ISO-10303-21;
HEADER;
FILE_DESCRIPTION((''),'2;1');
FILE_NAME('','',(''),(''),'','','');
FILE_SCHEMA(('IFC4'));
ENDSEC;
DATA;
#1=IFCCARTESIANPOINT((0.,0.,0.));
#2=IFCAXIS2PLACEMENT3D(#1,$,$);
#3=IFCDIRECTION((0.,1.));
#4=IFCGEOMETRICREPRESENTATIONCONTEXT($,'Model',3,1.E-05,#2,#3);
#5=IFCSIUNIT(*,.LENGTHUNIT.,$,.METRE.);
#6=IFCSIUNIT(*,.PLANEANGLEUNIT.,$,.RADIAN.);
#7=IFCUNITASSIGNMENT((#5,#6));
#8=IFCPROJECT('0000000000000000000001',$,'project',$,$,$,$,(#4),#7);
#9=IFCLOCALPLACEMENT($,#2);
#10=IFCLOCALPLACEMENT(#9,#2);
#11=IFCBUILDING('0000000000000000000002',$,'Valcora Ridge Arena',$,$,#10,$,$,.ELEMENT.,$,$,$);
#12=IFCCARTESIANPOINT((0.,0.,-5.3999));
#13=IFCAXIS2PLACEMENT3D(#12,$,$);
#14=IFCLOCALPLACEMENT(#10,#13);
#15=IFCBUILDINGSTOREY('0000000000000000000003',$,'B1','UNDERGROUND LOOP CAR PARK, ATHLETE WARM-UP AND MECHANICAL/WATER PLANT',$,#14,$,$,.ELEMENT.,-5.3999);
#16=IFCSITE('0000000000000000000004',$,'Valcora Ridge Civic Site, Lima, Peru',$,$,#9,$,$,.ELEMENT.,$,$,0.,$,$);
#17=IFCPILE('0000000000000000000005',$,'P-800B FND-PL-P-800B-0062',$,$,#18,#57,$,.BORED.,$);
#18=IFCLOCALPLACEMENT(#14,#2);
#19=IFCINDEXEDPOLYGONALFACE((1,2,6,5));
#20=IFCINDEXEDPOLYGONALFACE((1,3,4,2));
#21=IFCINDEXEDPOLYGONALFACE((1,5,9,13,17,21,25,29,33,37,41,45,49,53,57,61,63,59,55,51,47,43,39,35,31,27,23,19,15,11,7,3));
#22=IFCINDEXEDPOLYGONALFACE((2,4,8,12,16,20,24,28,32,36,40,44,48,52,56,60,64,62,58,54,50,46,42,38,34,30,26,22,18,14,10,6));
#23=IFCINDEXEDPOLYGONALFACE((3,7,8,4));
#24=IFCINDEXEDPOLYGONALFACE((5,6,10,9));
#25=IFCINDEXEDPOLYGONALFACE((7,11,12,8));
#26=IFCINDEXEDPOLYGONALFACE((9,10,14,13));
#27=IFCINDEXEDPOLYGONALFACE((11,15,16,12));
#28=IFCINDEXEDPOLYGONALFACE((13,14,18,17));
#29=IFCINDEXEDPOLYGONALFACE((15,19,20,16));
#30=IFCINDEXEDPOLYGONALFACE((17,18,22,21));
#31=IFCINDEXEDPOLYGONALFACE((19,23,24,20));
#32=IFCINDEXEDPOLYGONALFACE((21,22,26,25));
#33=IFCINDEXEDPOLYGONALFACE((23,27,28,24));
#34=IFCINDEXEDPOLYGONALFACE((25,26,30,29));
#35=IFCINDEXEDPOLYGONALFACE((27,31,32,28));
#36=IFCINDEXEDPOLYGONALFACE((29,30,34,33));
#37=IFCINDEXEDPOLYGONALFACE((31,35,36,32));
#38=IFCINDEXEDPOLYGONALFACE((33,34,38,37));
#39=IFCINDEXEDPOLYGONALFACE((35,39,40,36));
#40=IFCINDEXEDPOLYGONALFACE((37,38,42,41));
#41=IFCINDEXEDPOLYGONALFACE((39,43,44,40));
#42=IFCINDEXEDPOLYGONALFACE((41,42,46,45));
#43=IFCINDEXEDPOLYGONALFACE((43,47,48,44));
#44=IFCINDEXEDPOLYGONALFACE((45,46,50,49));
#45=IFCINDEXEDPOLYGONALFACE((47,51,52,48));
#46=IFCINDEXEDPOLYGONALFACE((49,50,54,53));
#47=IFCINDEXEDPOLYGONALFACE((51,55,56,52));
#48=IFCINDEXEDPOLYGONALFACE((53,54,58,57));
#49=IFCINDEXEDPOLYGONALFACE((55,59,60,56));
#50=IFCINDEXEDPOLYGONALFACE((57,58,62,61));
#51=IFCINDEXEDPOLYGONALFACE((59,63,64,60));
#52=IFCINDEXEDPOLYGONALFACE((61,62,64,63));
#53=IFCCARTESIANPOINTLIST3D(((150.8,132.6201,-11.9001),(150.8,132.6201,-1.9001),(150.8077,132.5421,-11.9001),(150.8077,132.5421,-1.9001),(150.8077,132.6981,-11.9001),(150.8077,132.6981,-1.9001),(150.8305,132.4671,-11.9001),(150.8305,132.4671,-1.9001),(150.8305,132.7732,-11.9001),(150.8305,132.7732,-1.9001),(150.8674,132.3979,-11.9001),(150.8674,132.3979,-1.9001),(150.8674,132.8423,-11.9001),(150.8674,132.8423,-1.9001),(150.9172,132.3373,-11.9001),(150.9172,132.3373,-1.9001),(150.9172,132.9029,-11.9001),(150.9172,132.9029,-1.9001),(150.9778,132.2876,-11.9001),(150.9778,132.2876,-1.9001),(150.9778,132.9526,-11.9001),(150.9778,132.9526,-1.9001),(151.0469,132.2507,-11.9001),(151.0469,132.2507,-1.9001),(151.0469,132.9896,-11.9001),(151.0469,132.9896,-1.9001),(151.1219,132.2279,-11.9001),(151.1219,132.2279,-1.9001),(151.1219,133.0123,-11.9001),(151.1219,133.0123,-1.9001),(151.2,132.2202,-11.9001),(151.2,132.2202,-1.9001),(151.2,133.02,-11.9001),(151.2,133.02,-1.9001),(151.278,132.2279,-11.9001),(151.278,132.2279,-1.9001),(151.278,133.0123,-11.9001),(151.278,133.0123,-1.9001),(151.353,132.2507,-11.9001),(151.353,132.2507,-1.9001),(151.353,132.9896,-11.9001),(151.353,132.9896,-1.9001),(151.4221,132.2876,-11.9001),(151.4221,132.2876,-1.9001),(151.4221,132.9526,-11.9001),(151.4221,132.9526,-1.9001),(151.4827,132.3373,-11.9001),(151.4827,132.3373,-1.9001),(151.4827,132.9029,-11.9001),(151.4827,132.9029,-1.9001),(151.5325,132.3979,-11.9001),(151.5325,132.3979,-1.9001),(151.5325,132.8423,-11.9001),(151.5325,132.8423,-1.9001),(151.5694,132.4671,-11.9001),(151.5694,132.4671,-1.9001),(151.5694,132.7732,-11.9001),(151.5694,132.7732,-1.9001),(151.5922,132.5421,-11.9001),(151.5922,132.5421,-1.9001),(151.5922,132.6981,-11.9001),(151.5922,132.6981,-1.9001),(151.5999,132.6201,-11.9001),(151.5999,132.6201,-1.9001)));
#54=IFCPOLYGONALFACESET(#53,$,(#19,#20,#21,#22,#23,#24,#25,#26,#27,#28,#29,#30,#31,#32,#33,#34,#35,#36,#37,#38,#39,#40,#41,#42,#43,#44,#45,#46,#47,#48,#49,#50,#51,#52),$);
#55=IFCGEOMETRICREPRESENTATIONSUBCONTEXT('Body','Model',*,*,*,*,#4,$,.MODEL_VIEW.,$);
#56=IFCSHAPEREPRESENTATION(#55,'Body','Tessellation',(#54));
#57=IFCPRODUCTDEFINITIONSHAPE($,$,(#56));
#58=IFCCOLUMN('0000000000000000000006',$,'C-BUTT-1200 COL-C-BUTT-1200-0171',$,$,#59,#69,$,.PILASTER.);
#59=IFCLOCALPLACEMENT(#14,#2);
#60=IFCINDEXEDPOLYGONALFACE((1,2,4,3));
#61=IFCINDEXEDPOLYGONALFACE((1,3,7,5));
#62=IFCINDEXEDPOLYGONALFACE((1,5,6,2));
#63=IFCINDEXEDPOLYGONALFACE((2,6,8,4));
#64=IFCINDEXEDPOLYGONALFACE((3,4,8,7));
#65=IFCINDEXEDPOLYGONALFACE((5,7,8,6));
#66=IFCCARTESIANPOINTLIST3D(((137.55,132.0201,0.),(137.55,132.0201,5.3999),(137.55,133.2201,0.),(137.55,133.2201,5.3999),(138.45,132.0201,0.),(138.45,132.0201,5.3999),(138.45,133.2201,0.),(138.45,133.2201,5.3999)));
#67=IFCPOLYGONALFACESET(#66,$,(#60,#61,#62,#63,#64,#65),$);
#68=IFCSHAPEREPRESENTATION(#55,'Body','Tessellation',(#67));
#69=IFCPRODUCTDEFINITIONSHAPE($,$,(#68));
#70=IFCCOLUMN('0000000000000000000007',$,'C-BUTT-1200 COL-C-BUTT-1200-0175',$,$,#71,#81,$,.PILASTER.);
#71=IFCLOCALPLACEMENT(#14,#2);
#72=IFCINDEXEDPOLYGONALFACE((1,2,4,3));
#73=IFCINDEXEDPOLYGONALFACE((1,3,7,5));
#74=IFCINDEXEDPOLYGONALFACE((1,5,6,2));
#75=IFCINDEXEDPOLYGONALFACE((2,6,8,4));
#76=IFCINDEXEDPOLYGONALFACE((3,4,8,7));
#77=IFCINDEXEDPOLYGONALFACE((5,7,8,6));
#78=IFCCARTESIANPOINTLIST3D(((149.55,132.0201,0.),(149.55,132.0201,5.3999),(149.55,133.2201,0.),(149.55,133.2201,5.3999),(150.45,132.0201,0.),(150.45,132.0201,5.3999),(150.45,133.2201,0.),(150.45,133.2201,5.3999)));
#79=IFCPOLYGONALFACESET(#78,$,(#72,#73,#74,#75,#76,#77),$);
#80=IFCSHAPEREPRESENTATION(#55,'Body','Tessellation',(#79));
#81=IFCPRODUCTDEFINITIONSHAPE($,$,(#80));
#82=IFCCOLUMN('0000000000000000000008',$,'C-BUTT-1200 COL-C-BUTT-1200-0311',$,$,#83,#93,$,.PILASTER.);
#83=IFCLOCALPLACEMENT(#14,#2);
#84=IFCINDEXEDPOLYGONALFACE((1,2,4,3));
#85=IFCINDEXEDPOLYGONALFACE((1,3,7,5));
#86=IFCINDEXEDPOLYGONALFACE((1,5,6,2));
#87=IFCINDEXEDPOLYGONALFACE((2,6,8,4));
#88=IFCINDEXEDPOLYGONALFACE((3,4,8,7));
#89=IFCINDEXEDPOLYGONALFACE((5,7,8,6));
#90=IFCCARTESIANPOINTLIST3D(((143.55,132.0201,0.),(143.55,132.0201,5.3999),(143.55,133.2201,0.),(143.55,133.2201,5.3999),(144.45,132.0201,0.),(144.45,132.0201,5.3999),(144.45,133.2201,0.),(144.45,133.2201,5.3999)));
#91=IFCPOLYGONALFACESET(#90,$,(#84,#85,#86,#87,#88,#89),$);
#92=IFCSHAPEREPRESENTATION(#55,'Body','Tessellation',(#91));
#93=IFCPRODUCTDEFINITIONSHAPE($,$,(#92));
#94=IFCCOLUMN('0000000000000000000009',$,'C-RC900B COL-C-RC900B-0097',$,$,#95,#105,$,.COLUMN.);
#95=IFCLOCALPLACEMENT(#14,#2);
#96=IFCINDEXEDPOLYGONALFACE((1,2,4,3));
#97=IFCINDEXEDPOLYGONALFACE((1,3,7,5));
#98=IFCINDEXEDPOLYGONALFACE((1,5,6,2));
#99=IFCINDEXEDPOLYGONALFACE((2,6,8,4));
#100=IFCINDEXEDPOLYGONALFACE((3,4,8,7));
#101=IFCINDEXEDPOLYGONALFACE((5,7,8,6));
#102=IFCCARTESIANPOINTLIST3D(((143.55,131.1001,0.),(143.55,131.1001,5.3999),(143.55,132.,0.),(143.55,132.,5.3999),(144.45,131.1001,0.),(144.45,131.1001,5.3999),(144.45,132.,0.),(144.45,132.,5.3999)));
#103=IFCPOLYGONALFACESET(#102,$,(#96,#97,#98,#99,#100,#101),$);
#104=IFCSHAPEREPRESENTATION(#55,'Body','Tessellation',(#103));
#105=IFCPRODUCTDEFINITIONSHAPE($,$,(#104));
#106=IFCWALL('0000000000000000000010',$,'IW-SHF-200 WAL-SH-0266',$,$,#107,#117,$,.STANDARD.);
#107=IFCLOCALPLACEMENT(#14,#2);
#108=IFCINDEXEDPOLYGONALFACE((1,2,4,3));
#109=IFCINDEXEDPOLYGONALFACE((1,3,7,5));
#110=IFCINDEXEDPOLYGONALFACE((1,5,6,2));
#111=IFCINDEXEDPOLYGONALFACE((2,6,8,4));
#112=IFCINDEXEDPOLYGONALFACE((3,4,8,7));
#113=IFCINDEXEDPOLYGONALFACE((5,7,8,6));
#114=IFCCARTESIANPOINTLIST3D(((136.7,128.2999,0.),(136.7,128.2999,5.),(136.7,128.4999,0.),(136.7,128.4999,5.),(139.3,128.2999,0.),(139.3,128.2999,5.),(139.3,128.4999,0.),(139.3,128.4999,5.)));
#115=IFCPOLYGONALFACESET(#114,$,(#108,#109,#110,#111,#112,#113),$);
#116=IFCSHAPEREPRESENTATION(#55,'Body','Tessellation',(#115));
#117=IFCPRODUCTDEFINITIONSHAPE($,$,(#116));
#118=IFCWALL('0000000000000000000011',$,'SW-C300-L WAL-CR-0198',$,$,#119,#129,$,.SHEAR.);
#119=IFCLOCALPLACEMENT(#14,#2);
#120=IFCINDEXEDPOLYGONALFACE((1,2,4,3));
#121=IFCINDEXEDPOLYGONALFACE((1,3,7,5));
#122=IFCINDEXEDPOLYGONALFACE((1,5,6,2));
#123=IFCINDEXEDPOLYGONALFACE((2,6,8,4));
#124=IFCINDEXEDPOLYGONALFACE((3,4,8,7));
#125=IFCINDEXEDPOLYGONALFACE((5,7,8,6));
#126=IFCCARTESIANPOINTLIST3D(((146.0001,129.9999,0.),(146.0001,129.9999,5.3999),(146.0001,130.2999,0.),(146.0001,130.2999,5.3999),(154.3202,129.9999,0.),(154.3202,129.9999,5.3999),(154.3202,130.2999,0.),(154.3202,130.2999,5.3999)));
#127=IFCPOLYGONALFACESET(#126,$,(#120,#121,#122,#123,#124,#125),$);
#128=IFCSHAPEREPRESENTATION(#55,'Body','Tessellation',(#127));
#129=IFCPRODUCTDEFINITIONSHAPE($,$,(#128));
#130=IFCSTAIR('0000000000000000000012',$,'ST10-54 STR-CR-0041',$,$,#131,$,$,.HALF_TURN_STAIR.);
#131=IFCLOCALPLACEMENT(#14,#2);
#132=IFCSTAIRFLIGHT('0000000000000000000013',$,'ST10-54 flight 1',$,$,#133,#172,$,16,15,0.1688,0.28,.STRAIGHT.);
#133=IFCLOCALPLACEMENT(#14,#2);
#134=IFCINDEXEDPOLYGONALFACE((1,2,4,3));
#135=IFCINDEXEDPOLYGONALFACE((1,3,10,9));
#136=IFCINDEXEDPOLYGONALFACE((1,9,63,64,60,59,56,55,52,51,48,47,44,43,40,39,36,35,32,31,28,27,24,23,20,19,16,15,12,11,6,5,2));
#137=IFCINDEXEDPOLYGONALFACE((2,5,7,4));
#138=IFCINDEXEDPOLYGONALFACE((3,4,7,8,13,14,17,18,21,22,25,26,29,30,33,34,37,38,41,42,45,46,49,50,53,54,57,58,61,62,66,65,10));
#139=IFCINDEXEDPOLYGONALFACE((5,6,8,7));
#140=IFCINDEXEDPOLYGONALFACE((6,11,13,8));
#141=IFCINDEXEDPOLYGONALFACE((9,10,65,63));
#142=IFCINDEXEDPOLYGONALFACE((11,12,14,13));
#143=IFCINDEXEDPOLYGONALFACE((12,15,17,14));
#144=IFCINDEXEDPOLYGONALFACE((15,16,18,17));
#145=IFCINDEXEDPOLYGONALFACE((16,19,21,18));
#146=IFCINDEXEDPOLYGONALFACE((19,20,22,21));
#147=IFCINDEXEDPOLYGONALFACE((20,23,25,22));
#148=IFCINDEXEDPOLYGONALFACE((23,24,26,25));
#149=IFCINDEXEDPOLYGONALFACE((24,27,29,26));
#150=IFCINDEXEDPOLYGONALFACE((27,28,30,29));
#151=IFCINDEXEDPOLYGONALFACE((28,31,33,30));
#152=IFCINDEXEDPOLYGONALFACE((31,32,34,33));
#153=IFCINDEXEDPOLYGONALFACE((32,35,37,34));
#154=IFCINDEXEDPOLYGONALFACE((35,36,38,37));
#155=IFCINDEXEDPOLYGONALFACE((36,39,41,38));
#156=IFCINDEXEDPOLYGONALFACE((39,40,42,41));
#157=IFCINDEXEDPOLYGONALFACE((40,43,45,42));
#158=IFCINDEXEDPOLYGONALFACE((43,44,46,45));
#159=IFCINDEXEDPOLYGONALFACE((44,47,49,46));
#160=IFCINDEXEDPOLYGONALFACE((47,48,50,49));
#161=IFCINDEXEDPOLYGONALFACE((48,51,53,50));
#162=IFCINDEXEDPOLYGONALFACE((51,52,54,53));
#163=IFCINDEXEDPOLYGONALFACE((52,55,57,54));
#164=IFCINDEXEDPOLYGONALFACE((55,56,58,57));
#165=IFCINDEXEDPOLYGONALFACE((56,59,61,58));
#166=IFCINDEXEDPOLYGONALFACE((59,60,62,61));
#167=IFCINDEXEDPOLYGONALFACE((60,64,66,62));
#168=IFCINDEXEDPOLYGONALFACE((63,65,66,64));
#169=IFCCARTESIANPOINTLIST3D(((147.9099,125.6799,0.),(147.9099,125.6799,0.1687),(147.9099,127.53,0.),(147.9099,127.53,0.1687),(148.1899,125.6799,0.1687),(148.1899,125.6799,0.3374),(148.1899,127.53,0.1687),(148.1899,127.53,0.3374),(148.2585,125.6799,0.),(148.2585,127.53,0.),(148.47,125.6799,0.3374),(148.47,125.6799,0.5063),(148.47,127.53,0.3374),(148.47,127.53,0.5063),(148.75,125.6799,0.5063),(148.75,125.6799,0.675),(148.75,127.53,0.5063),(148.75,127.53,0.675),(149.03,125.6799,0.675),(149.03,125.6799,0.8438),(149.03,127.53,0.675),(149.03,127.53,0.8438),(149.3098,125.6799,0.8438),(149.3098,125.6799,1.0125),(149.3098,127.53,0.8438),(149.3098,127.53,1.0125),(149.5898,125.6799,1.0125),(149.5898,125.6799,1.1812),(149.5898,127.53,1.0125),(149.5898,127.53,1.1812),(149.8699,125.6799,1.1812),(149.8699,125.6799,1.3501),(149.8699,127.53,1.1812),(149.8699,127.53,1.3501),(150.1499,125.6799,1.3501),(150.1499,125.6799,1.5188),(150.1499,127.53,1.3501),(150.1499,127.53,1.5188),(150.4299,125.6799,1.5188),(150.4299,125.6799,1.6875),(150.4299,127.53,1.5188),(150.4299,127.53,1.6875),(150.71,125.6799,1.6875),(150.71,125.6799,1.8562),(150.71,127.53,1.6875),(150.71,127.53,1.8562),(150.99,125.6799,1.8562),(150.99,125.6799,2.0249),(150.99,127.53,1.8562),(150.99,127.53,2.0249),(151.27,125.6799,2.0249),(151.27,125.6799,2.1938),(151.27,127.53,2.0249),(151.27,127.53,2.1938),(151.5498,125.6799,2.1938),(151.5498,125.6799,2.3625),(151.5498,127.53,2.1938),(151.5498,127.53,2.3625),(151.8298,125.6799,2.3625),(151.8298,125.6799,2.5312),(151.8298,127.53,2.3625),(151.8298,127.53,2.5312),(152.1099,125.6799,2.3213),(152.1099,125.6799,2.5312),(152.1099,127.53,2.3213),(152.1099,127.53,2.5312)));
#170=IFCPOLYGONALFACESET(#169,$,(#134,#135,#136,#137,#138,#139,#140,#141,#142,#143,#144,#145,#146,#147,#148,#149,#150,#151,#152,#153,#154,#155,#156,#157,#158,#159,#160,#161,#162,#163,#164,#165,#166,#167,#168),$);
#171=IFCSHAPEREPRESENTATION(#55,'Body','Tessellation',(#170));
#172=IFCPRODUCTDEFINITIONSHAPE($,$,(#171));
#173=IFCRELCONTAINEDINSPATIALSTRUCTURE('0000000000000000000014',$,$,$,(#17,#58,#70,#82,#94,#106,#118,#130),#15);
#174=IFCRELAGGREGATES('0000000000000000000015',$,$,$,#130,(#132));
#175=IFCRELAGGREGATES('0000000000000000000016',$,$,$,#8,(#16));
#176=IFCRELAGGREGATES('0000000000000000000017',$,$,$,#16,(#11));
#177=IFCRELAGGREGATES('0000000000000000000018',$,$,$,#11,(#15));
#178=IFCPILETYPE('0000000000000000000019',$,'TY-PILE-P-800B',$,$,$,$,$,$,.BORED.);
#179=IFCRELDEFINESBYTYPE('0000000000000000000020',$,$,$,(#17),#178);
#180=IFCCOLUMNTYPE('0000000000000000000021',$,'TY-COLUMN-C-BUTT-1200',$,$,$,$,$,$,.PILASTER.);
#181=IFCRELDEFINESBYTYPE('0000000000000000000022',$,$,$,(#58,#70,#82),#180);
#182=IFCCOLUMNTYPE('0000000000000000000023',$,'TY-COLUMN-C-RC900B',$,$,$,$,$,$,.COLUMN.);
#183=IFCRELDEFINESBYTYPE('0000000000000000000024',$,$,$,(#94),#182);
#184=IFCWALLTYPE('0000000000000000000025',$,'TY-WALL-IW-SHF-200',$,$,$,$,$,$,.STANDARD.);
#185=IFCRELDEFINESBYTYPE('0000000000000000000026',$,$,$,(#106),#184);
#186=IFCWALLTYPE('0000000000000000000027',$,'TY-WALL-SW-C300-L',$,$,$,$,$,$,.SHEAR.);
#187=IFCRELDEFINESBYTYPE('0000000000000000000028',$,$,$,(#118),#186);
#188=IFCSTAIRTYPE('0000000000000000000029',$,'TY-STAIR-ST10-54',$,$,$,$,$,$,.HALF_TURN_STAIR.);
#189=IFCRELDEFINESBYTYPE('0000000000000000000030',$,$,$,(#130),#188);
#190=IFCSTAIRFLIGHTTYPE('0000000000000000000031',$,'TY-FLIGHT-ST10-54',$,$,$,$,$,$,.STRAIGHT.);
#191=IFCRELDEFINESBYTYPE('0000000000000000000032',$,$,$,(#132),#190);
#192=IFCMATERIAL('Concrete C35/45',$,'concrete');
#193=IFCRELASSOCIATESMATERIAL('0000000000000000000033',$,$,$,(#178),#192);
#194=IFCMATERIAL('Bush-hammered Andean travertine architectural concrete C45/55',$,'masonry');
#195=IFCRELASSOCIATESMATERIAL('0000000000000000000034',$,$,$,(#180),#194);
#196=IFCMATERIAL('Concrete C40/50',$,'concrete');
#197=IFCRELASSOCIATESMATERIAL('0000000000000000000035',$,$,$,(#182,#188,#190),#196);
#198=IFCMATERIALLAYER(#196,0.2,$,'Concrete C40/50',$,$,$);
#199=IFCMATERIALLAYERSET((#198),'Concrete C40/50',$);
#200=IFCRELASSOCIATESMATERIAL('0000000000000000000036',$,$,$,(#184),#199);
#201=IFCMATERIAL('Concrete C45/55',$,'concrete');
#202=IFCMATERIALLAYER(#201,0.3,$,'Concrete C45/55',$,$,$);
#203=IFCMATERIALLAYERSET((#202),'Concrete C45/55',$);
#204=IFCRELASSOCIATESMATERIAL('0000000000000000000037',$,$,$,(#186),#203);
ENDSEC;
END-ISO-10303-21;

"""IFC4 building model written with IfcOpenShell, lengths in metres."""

from ifc_helpers import new_model, si_unit, direction, frame, frame_2d, origin, origin_2d, place, context, subcontext, project, spatial, polyline, rectangle, circle, outline, extrude, material, layer, layer_set, material_profile, profile_set, type_object, element, aggregate, save


model = new_model("IFC4")

# Units and contexts
model_context = context("Model", 3, precision=1e-05, world=origin(), true_north=direction((0.0, 1.0)))
body_context = subcontext(model_context, "Body", "Model", "MODEL_VIEW")
ifc_project = project(units=[si_unit("LENGTHUNIT", "METRE"), si_unit("PLANEANGLEUNIT", "RADIAN")], contexts=[model_context])

# Site, building, storey
site_placement = place(None, origin())
site = spatial("IfcSite", under=ifc_project, at=site_placement, Name="Valcora Ridge Civic Site, Lima, Peru", CompositionType="ELEMENT", RefElevation=0.0)
building_placement = place(site_placement, origin())
building = spatial("IfcBuilding", under=site, at=building_placement, Name="Valcora Ridge Arena", CompositionType="ELEMENT")
storey_placement = place(building_placement, frame((0.0, 0.0, -5.3999)))
storey = spatial("IfcBuildingStorey", under=building, at=storey_placement, Name="B1", Description="UNDERGROUND LOOP CAR PARK, ATHLETE WARM-UP AND MECHANICAL/WATER PLANT", CompositionType="ELEMENT", Elevation=-5.3999)

# Shared definitions
ifc_material_1 = material(Name="Concrete C40/50", Category="concrete")

# Pile
ifc_material_2 = material(Name="Concrete C35/45", Category="concrete")
ifc_material_profile_1 = material_profile(ifc_material_2, circle(Radius=0.3999, at=origin_2d()), Name="BORED PILE D800")
ifc_profile_set_1 = profile_set([ifc_material_profile_1], Name="Concrete C35/45")
pile_type_1 = type_object("IfcPileType", Name="TY-PILE-P-800B", PredefinedType="BORED", material=ifc_profile_set_1)
for number, where, z_axis, x_axis, name in (
    (1, (151.2, 132.6201, -1.9001), (0.0, 0.0, -1.0), (1.0, 0.0, 0.0), "P-800B FND-PL-P-800B-0062"),
):
    element("IfcPile", number, at=place(storey_placement, frame(where, z_axis=z_axis, x_axis=x_axis)), inside=storey, type_object=pile_type_1, Name=name, PredefinedType="BORED", context=body_context, shape_type="SweptSolid", body=[
        extrude(circle(Radius=0.3999, at=origin_2d()), origin(), (0.0, 0.0, 1.0), 10.0),
    ])

# Columns
ifc_material_3 = material(Name="Bush-hammered Andean travertine architectural concrete C45/55", Category="masonry")
ifc_material_profile_2 = material_profile(ifc_material_3, rectangle(XDim=0.8999, YDim=1.2, at=origin_2d()), Name="RC 900x1200")
ifc_profile_set_2 = profile_set([ifc_material_profile_2], Name="Bush-hammered Andean travertine architectural concrete C45/55")
column_type_1 = type_object("IfcColumnType", Name="TY-COLUMN-C-BUTT-1200", PredefinedType="PILASTER", material=ifc_profile_set_2)
for number, where, z_axis, x_axis, name in (
    (2, (138.0, 132.6201, 0.0), (0.0, 0.0, 1.0), (1.0, 0.0, 0.0), "C-BUTT-1200 COL-C-BUTT-1200-0171"),
    (3, (150.0, 132.6201, 0.0), (0.0, 0.0, 1.0), (1.0, 0.0, 0.0), "C-BUTT-1200 COL-C-BUTT-1200-0175"),
    (4, (144.0, 132.6201, 0.0), (0.0, 0.0, 1.0), (1.0, 0.0, 0.0), "C-BUTT-1200 COL-C-BUTT-1200-0311"),
):
    element("IfcColumn", number, at=place(storey_placement, frame(where, z_axis=z_axis, x_axis=x_axis)), inside=storey, type_object=column_type_1, Name=name, PredefinedType="PILASTER", context=body_context, shape_type="SweptSolid", body=[
        extrude(rectangle(XDim=0.8999, YDim=1.2, at=origin_2d()), origin(), (0.0, 0.0, 1.0), 5.3999),
    ])
ifc_material_profile_3 = material_profile(ifc_material_1, rectangle(XDim=0.8999, YDim=0.8999, at=origin_2d()), Name="RC 900x900")
ifc_profile_set_3 = profile_set([ifc_material_profile_3], Name="Concrete C40/50")
column_type_2 = type_object("IfcColumnType", Name="TY-COLUMN-C-RC900B", PredefinedType="COLUMN", material=ifc_profile_set_3)
column_placement = place(storey_placement, frame((144.0, 131.55, 0.0), z_axis=(0.0, 0.0, 1.0), x_axis=(1.0, 0.0, 0.0)))
element("IfcColumn", 5, at=column_placement, inside=storey, type_object=column_type_2, Name="C-RC900B COL-C-RC900B-0097", PredefinedType="COLUMN", context=body_context, shape_type="SweptSolid", body=[
    extrude(rectangle(XDim=0.8999, YDim=0.8999, at=origin_2d()), origin(), (0.0, 0.0, 1.0), 5.3999),
])

# Walls
ifc_layer_1 = layer(ifc_material_1, 0.2, Name="Concrete C40/50")
ifc_layer_set_1 = layer_set([ifc_layer_1], Name="Concrete C40/50")
wall_type_1 = type_object("IfcWallType", Name="TY-WALL-IW-SHF-200", PredefinedType="STANDARD", material=ifc_layer_set_1)
wall_1_placement = place(storey_placement, frame((136.7, 128.3999, 0.0), z_axis=(0.0, 0.0, 1.0), x_axis=(1.0, 0.0, 0.0)))
element("IfcWall", 6, at=wall_1_placement, inside=storey, type_object=wall_type_1, Name="IW-SHF-200 WAL-SH-0266", PredefinedType="STANDARD", context=body_context, shape_type="SweptSolid", body=[
    extrude(rectangle(XDim=2.6001, YDim=0.2, at=frame_2d((1.3, 0.0))), origin(), (0.0, 0.0, 1.0), 5.0),
])
ifc_material_4 = material(Name="Concrete C45/55", Category="concrete")
ifc_layer_2 = layer(ifc_material_4, 0.3, Name="Concrete C45/55")
ifc_layer_set_2 = layer_set([ifc_layer_2], Name="Concrete C45/55")
wall_type_2 = type_object("IfcWallType", Name="TY-WALL-SW-C300-L", PredefinedType="SHEAR", material=ifc_layer_set_2)
wall_2_placement = place(storey_placement, frame((146.0, 130.1499, 0.0), z_axis=(0.0, 0.0, 1.0), x_axis=(1.0, 0.0, 0.0)))
element("IfcWall", 7, at=wall_2_placement, inside=storey, type_object=wall_type_2, Name="SW-C300-L WAL-CR-0198", PredefinedType="SHEAR", context=body_context, shape_type="SweptSolid", body=[
    extrude(rectangle(XDim=8.3201, YDim=0.3, at=frame_2d((4.1602, 0.0))), origin(), (0.0, 0.0, 1.0), 5.3999),
])

# Stair, stair flight
stair_type = type_object("IfcStairType", Name="TY-STAIR-ST10-54", PredefinedType="HALF_TURN_STAIR", material=ifc_material_1)
stair_placement = place(storey_placement, origin())
stair = element("IfcStair", 8, at=stair_placement, inside=storey, type_object=stair_type, Name="ST10-54 STR-CR-0041", PredefinedType="HALF_TURN_STAIR")
stair_flight_type = type_object("IfcStairFlightType", Name="TY-FLIGHT-ST10-54", PredefinedType="STRAIGHT", material=ifc_material_1)
stair_flight_1_placement = place(storey_placement, frame((147.9099, 126.605, 0.0), z_axis=(0.0, 0.0, 1.0), x_axis=(1.0, 0.0, 0.0)))
stair_flight_1 = element("IfcStairFlight", 9, at=stair_flight_1_placement, type_object=stair_flight_type, Name="ST10-54 flight 1", NumberOfRisers=16, NumberOfTreads=15, PredefinedType="STRAIGHT", RiserHeight=0.1688, TreadLength=0.28, context=body_context, shape_type="SweptSolid", body=[
    extrude(outline(polyline([(0.0, 0.0), (0.0, 0.1687), (0.28, 0.1687), (0.28, 0.3374), (0.5601, 0.3374), (0.5601, 0.5063), (0.8401, 0.5063), (0.8401, 0.675), (1.1201, 0.675), (1.1201, 0.8438), (1.3999, 0.8438), (1.3999, 1.0125), (1.6799, 1.0125), (1.6799, 1.1812), (1.96, 1.1812), (1.96, 1.3501), (2.24, 1.3501), (2.24, 1.5188), (2.52, 1.5188), (2.52, 1.6875), (2.8, 1.6875), (2.8, 1.8562), (3.0801, 1.8562), (3.0801, 2.0249), (3.3601, 2.0249), (3.3601, 2.1938), (3.6399, 2.1938), (3.6399, 2.3625), (3.9199, 2.3625), (3.9199, 2.5312), (4.2, 2.5312), (4.2, 2.7), (4.2, 2.3213), (0.3486, 0.0), (0.0, 0.0)])), frame((0.0, 0.925, 0.0), z_axis=(0.0, -1.0, 0.0), x_axis=(1.0, 0.0, 0.0)), (0.0, 0.0, 1.0), 1.8501),
])
aggregate(stair, [stair_flight_1])

save(model, "model.ifc")
